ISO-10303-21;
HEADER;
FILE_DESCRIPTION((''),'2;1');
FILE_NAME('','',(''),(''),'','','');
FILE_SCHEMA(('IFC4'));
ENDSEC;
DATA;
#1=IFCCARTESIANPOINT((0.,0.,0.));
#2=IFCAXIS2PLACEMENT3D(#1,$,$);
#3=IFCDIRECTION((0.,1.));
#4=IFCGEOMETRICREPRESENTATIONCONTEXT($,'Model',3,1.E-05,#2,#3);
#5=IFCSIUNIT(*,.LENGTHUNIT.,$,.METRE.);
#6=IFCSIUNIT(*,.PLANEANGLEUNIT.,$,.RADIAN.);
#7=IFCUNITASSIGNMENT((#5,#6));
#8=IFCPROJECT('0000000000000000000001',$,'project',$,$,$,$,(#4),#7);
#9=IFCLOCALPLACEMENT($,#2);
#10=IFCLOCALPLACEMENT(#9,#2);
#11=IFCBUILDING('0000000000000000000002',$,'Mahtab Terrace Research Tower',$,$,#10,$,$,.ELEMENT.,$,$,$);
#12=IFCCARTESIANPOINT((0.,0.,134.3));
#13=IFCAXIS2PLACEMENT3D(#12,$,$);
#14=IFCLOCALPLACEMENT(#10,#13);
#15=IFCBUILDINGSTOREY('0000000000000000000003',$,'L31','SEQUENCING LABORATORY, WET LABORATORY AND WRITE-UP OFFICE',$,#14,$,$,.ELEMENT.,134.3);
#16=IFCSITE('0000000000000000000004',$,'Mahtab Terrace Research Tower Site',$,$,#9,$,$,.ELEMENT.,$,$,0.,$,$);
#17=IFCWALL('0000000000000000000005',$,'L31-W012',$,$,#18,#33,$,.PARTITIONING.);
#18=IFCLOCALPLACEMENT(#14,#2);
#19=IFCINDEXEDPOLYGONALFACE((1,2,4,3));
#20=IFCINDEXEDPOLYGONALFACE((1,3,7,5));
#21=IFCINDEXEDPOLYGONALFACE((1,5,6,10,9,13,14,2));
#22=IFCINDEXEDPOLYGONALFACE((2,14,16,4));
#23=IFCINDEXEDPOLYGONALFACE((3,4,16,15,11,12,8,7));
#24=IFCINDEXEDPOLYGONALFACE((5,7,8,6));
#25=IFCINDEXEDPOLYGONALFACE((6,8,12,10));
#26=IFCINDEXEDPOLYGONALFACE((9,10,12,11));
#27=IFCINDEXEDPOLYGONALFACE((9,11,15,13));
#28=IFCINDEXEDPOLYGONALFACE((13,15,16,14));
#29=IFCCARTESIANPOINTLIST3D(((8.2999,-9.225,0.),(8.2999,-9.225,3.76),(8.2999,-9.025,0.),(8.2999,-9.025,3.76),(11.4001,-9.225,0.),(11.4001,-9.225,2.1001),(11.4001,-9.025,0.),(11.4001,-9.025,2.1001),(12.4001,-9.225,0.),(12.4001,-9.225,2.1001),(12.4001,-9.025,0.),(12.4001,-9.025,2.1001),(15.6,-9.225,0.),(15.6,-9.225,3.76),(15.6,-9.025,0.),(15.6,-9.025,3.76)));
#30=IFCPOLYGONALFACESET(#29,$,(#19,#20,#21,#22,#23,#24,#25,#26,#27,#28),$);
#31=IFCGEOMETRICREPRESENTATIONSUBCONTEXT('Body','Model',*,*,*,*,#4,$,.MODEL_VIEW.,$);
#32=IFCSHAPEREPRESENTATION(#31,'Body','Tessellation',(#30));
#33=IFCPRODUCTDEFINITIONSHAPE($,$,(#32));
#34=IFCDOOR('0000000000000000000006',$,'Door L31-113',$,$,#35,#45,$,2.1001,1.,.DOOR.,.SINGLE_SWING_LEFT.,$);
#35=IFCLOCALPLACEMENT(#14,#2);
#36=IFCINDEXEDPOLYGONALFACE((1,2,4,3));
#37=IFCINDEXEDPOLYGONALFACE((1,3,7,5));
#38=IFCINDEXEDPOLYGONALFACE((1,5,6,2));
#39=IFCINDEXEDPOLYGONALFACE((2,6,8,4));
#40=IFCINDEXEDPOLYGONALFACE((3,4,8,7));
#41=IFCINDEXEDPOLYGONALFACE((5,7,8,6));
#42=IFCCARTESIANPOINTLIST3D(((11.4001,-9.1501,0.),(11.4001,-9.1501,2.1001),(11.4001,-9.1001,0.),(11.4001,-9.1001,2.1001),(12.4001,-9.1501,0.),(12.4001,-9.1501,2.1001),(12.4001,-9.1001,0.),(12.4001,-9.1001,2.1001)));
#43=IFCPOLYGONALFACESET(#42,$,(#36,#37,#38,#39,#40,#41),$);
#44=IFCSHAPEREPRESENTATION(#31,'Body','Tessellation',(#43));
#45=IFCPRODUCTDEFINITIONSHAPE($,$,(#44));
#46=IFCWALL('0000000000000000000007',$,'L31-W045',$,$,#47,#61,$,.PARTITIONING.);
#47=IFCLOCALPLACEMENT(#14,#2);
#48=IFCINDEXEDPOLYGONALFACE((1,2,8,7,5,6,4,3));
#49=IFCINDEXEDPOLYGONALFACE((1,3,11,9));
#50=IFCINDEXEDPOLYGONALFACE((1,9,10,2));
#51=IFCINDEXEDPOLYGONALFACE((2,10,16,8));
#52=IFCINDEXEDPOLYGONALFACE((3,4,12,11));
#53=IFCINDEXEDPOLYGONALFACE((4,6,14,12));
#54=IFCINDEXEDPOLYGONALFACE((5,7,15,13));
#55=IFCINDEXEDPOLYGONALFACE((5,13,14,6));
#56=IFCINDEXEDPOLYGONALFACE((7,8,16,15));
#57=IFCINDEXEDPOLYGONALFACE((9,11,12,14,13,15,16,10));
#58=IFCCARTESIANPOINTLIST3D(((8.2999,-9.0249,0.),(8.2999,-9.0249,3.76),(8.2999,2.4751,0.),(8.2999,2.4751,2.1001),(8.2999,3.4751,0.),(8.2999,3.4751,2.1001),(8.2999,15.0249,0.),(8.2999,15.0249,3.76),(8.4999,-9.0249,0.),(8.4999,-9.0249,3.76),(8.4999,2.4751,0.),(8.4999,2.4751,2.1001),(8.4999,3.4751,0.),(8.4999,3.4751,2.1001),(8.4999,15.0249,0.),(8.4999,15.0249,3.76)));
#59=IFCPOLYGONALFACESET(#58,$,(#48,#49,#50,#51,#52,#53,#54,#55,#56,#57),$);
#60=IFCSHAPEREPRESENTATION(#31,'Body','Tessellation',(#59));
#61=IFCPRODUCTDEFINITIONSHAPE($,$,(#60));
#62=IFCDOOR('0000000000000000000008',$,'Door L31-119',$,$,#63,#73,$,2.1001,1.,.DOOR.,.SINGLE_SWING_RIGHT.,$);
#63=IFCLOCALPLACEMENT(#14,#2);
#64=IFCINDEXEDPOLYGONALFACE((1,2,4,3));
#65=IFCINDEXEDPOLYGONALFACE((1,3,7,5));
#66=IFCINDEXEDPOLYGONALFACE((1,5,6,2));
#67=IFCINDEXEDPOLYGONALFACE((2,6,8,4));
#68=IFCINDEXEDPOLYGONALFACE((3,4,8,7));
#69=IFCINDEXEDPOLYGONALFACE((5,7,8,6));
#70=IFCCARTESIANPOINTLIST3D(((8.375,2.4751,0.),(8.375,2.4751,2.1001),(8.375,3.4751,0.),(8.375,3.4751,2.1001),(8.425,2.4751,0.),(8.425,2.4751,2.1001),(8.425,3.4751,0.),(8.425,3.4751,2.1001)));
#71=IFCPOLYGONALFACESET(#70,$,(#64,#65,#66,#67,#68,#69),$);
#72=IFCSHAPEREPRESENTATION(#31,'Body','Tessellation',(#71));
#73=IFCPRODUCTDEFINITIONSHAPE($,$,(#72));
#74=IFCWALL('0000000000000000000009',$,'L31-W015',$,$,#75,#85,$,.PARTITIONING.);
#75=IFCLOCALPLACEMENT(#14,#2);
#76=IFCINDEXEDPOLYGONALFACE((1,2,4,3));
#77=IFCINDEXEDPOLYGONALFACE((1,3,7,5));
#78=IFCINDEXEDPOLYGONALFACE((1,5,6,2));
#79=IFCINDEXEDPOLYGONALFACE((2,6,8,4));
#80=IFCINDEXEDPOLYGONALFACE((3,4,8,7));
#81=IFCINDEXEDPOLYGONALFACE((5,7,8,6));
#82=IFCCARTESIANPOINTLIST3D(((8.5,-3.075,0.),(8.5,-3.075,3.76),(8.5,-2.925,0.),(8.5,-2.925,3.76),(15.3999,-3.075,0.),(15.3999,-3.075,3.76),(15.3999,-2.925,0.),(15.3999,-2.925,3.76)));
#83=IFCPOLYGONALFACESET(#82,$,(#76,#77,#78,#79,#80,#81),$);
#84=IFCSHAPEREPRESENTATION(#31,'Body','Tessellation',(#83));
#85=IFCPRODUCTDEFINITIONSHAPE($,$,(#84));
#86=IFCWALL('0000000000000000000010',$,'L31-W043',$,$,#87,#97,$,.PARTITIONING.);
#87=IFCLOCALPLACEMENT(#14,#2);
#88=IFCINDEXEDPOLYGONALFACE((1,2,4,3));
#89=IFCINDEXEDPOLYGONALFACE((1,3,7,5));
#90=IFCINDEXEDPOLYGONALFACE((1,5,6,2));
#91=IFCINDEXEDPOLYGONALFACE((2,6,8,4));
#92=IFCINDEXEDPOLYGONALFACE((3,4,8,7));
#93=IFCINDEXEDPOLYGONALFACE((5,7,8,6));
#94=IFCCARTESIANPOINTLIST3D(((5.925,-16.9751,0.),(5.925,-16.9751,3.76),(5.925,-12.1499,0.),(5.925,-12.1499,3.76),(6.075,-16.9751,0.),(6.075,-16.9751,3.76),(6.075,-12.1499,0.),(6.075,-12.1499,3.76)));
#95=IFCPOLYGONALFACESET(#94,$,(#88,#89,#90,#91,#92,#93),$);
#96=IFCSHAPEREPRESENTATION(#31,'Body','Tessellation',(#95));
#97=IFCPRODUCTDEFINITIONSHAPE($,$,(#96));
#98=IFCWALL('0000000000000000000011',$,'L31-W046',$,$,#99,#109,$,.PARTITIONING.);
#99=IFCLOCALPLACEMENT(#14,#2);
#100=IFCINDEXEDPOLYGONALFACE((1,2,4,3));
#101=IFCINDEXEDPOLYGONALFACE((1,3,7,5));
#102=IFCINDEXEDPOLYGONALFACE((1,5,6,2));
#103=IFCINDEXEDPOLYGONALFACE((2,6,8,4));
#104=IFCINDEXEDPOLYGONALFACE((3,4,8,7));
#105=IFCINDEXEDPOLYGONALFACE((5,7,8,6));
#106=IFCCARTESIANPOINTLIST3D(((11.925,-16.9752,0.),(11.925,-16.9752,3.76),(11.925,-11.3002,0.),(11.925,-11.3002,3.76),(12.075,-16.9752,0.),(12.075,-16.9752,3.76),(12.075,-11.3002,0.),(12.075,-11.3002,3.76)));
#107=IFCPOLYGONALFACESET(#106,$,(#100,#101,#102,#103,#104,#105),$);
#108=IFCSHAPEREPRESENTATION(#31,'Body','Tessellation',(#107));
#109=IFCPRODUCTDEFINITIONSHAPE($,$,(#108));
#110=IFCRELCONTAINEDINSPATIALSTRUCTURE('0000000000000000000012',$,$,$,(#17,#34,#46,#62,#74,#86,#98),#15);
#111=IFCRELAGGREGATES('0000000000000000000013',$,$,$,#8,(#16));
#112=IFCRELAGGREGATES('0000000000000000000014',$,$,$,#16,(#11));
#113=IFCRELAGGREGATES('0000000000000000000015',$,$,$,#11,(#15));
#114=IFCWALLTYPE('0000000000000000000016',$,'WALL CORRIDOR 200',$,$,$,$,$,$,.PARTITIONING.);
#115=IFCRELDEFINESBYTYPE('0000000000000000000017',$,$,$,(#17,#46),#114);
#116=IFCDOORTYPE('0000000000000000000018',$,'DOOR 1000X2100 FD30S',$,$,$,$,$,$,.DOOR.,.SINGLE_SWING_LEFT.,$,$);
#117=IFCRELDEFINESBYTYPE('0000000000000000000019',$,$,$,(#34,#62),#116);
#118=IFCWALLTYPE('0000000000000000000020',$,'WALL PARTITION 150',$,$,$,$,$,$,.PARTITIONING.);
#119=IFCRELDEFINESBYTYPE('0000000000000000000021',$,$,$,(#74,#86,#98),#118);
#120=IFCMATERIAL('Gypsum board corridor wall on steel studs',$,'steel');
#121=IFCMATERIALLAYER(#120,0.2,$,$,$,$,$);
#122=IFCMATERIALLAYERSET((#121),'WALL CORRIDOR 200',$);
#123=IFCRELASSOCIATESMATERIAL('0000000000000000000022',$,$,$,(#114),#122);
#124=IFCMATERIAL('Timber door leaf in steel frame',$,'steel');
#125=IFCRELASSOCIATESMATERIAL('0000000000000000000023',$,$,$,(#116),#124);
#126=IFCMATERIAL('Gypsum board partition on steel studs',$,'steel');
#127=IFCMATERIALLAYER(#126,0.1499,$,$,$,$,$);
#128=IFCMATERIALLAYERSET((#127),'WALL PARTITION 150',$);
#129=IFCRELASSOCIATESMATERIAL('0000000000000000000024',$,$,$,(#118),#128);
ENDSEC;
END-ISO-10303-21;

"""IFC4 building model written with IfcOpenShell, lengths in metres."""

from ifc_helpers import new_model, si_unit, direction, frame, frame_2d, origin, place, context, subcontext, project, spatial, rectangle, extrude, material, layer, layer_set, type_object, element, fill, save


model = new_model("IFC4")

# Units and contexts
model_context = context("Model", 3, precision=1e-05, world=origin(), true_north=direction((0.0, 1.0)))
body_context = subcontext(model_context, "Body", "Model", "MODEL_VIEW")
ifc_project = project(units=[si_unit("LENGTHUNIT", "METRE"), si_unit("PLANEANGLEUNIT", "RADIAN")], contexts=[model_context])

# Site, building, storey
site_placement = place(None, origin())
site = spatial("IfcSite", under=ifc_project, at=site_placement, Name="Mahtab Terrace Research Tower Site", CompositionType="ELEMENT", RefElevation=0.0)
building_placement = place(site_placement, origin())
building = spatial("IfcBuilding", under=site, at=building_placement, Name="Mahtab Terrace Research Tower", CompositionType="ELEMENT")
storey_placement = place(building_placement, frame((0.0, 0.0, 134.3)))
storey = spatial("IfcBuildingStorey", under=building, at=storey_placement, Name="L31", Description="SEQUENCING LABORATORY, WET LABORATORY AND WRITE-UP OFFICE", CompositionType="ELEMENT", Elevation=134.3)

# Shared definitions
ifc_material_1 = material(Name="Gypsum board corridor wall on steel studs", Category="steel")
ifc_layer_1 = layer(ifc_material_1, 0.2)
ifc_layer_set_1 = layer_set([ifc_layer_1], Name="WALL CORRIDOR 200")
wall_type_1 = type_object("IfcWallType", Name="WALL CORRIDOR 200", PredefinedType="PARTITIONING", material=ifc_layer_set_1)
ifc_material_2 = material(Name="Timber door leaf in steel frame", Category="steel")

# Walls, openings, doors
wall_1_placement = place(storey_placement, frame((8.3, -9.125, 0.0), z_axis=(0.0, 0.0, 1.0), x_axis=(1.0, 0.0, 0.0)))
wall_1 = element("IfcWall", 1, at=wall_1_placement, inside=storey, type_object=wall_type_1, Name="L31-W012", PredefinedType="PARTITIONING", context=body_context, shape_type="SweptSolid", body=[
    extrude(rectangle(XDim=7.3, YDim=0.2, at=frame_2d((3.6499, 0.0))), origin(), (0.0, 0.0, 1.0), 3.76),
])
opening_1_placement = place(wall_1_placement, frame((3.1001, 0.0, 0.0)))
opening_1 = element("IfcOpeningElement", 2, at=opening_1_placement, cuts=wall_1, PredefinedType="OPENING", context=body_context, shape_type="SweptSolid", body=[
    extrude(rectangle(XDim=1.0, YDim=2.1001, at=frame_2d((0.5, 1.05))), frame((0.0, 0.1099, 0.0), z_axis=(0.0, -1.0, 0.0), x_axis=(1.0, 0.0, 0.0)), (0.0, 0.0, 1.0), 0.22),
])
door_type_1 = type_object("IfcDoorType", Name="DOOR 1000X2100 FD30S", OperationType="SINGLE_SWING_LEFT", PredefinedType="DOOR", material=ifc_material_2)
door_1_placement = place(opening_1_placement, origin())
door_1 = element("IfcDoor", 3, at=door_1_placement, inside=storey, type_object=door_type_1, Name="Door L31-113", OperationType="SINGLE_SWING_LEFT", OverallHeight=2.1001, OverallWidth=1.0, PredefinedType="DOOR", context=body_context, shape_type="SweptSolid", body=[
    extrude(rectangle(XDim=1.0, YDim=2.1001, at=frame_2d((0.5, 1.05))), frame((0.0, 0.0249, 0.0), z_axis=(0.0, -1.0, 0.0), x_axis=(1.0, 0.0, 0.0)), (0.0, 0.0, 1.0), 0.05),
])
fill(opening_1, door_1)
wall_2_placement = place(storey_placement, frame((8.3999, -9.0249, 0.0), z_axis=(0.0, 0.0, 1.0), x_axis=(0.0, 1.0, 0.0)))
wall_2 = element("IfcWall", 4, at=wall_2_placement, inside=storey, type_object=wall_type_1, Name="L31-W045", PredefinedType="PARTITIONING", context=body_context, shape_type="SweptSolid", body=[
    extrude(rectangle(XDim=24.0498, YDim=0.2, at=frame_2d((12.0249, 0.0))), origin(), (0.0, 0.0, 1.0), 3.76),
])
opening_2_placement = place(wall_2_placement, frame((11.5, 0.0, 0.0)))
opening_2 = element("IfcOpeningElement", 5, at=opening_2_placement, cuts=wall_2, PredefinedType="OPENING", context=body_context, shape_type="SweptSolid", body=[
    extrude(rectangle(XDim=1.0, YDim=2.1001, at=frame_2d((0.5, 1.05))), frame((0.0, 0.1099, 0.0), z_axis=(0.0, -1.0, 0.0), x_axis=(1.0, 0.0, 0.0)), (0.0, 0.0, 1.0), 0.22),
])
door_2_placement = place(opening_2_placement, origin())
door_2 = element("IfcDoor", 6, at=door_2_placement, inside=storey, type_object=door_type_1, Name="Door L31-119", OperationType="SINGLE_SWING_RIGHT", OverallHeight=2.1001, OverallWidth=1.0, PredefinedType="DOOR", context=body_context, shape_type="SweptSolid", body=[
    extrude(rectangle(XDim=1.0, YDim=2.1001, at=frame_2d((0.5, 1.05))), frame((0.0, 0.0249, 0.0), z_axis=(0.0, -1.0, 0.0), x_axis=(1.0, 0.0, 0.0)), (0.0, 0.0, 1.0), 0.05),
])
fill(opening_2, door_2)

# Walls
ifc_material_3 = material(Name="Gypsum board partition on steel studs", Category="steel")
ifc_layer_2 = layer(ifc_material_3, 0.1499)
ifc_layer_set_2 = layer_set([ifc_layer_2], Name="WALL PARTITION 150")
wall_type_2 = type_object("IfcWallType", Name="WALL PARTITION 150", PredefinedType="PARTITIONING", material=ifc_layer_set_2)
wall_3_placement = place(storey_placement, frame((8.5, -3.0, 0.0), z_axis=(0.0, 0.0, 1.0), x_axis=(1.0, 0.0, 0.0)))
element("IfcWall", 7, at=wall_3_placement, inside=storey, type_object=wall_type_2, Name="L31-W015", PredefinedType="PARTITIONING", context=body_context, shape_type="SweptSolid", body=[
    extrude(rectangle(XDim=6.8999, YDim=0.1499, at=frame_2d((3.45, 0.0))), origin(), (0.0, 0.0, 1.0), 3.76),
])
wall_4_placement = place(storey_placement, frame((6.0, -16.9751, 0.0), z_axis=(0.0, 0.0, 1.0), x_axis=(0.0, 1.0, 0.0)))
element("IfcWall", 8, at=wall_4_placement, inside=storey, type_object=wall_type_2, Name="L31-W043", PredefinedType="PARTITIONING", context=body_context, shape_type="SweptSolid", body=[
    extrude(rectangle(XDim=4.8252, YDim=0.1499, at=frame_2d((2.4126, 0.0))), origin(), (0.0, 0.0, 1.0), 3.76),
])
wall_5_placement = place(storey_placement, frame((12.0, -16.9751, 0.0), z_axis=(0.0, 0.0, 1.0), x_axis=(0.0, 1.0, 0.0)))
element("IfcWall", 9, at=wall_5_placement, inside=storey, type_object=wall_type_2, Name="L31-W046", PredefinedType="PARTITIONING", context=body_context, shape_type="SweptSolid", body=[
    extrude(rectangle(XDim=5.675, YDim=0.1499, at=frame_2d((2.8374, 0.0))), origin(), (0.0, 0.0, 1.0), 3.76),
])

save(model, "model.ifc")
